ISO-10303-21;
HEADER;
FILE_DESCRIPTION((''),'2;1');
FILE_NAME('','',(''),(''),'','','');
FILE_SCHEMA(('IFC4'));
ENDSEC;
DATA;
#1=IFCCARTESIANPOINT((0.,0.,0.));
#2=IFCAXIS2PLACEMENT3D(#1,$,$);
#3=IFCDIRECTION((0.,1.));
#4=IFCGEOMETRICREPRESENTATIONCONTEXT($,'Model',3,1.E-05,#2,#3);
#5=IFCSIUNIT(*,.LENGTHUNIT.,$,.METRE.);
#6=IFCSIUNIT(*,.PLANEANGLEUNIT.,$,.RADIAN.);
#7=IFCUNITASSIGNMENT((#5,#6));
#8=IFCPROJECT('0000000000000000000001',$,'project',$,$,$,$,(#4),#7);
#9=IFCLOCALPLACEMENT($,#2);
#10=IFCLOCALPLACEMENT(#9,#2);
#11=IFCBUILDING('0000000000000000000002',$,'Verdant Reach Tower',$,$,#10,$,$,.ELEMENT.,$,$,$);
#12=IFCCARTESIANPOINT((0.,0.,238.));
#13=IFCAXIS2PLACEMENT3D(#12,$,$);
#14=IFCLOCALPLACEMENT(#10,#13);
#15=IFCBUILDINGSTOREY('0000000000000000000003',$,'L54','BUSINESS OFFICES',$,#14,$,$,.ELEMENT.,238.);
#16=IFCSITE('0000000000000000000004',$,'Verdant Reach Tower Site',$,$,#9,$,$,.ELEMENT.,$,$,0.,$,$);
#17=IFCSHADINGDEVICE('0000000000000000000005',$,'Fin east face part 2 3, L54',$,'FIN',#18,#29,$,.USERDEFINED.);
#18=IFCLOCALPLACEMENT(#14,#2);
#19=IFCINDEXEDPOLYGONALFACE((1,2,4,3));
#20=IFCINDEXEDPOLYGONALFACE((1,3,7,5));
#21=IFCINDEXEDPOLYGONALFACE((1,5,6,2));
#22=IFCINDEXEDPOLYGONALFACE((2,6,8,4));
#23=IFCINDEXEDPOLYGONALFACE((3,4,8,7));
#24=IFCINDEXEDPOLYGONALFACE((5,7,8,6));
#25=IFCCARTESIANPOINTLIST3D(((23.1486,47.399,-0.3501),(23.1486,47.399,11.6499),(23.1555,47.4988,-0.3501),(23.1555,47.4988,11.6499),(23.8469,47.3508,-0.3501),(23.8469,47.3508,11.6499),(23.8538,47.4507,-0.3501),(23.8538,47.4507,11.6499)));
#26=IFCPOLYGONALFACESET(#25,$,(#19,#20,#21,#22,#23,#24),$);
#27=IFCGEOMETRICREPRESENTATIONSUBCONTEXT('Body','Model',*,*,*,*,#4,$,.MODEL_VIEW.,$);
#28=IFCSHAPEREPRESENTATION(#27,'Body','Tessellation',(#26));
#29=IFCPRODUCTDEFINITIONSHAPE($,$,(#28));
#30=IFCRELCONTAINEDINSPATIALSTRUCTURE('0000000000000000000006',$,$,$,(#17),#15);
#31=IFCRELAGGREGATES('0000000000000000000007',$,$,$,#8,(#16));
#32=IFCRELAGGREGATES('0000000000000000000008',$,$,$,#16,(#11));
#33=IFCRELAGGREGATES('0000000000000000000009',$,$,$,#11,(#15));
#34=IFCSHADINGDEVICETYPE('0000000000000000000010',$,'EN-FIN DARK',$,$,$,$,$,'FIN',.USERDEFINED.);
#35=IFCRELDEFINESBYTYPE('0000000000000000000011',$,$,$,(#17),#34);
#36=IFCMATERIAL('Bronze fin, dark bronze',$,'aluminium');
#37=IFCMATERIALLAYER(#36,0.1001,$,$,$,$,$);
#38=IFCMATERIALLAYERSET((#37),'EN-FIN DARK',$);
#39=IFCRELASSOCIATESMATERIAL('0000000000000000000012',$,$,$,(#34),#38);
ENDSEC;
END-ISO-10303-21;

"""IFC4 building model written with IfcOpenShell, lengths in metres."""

from ifc_helpers import new_model, si_unit, direction, frame, origin, origin_2d, place, context, subcontext, project, spatial, rectangle, extrude, material, layer, layer_set, type_object, element, save


model = new_model("IFC4")

# Units and contexts
model_context = context("Model", 3, precision=1e-05, world=origin(), true_north=direction((0.0, 1.0)))
body_context = subcontext(model_context, "Body", "Model", "MODEL_VIEW")
ifc_project = project(units=[si_unit("LENGTHUNIT", "METRE"), si_unit("PLANEANGLEUNIT", "RADIAN")], contexts=[model_context])

# Site, building, storey
site_placement = place(None, origin())
site = spatial("IfcSite", under=ifc_project, at=site_placement, Name="Verdant Reach Tower Site", CompositionType="ELEMENT", RefElevation=0.0)
building_placement = place(site_placement, origin())
building = spatial("IfcBuilding", under=site, at=building_placement, Name="Verdant Reach Tower", CompositionType="ELEMENT")
storey_placement = place(building_placement, frame((0.0, 0.0, 238.0)))
storey = spatial("IfcBuildingStorey", under=building, at=storey_placement, Name="L54", Description="BUSINESS OFFICES", CompositionType="ELEMENT", Elevation=238.0)

# Shading device
ifc_material_1 = material(Name="Bronze fin, dark bronze", Category="aluminium")
ifc_layer_1 = layer(ifc_material_1, 0.1001)
ifc_layer_set_1 = layer_set([ifc_layer_1], Name="EN-FIN DARK")
shading_device_type_1 = type_object("IfcShadingDeviceType", Name="EN-FIN DARK", ElementType="FIN", PredefinedType="USERDEFINED", material=ifc_layer_set_1)
shading_device_1_placement = place(storey_placement, frame((23.5012, 47.4248, -0.3501), z_axis=(0.0, 0.0, 1.0), x_axis=(0.068802, 0.99763, 0.0)))
element("IfcShadingDevice", 1, at=shading_device_1_placement, inside=storey, type_object=shading_device_type_1, Name="Fin east face part 2 3, L54", ObjectType="FIN", PredefinedType="USERDEFINED", context=body_context, shape_type="SweptSolid", body=[
    extrude(rectangle(XDim=0.1001, YDim=0.7, at=origin_2d()), origin(), (0.0, 0.0, 1.0), 12.0),
])

save(model, "model.ifc")
